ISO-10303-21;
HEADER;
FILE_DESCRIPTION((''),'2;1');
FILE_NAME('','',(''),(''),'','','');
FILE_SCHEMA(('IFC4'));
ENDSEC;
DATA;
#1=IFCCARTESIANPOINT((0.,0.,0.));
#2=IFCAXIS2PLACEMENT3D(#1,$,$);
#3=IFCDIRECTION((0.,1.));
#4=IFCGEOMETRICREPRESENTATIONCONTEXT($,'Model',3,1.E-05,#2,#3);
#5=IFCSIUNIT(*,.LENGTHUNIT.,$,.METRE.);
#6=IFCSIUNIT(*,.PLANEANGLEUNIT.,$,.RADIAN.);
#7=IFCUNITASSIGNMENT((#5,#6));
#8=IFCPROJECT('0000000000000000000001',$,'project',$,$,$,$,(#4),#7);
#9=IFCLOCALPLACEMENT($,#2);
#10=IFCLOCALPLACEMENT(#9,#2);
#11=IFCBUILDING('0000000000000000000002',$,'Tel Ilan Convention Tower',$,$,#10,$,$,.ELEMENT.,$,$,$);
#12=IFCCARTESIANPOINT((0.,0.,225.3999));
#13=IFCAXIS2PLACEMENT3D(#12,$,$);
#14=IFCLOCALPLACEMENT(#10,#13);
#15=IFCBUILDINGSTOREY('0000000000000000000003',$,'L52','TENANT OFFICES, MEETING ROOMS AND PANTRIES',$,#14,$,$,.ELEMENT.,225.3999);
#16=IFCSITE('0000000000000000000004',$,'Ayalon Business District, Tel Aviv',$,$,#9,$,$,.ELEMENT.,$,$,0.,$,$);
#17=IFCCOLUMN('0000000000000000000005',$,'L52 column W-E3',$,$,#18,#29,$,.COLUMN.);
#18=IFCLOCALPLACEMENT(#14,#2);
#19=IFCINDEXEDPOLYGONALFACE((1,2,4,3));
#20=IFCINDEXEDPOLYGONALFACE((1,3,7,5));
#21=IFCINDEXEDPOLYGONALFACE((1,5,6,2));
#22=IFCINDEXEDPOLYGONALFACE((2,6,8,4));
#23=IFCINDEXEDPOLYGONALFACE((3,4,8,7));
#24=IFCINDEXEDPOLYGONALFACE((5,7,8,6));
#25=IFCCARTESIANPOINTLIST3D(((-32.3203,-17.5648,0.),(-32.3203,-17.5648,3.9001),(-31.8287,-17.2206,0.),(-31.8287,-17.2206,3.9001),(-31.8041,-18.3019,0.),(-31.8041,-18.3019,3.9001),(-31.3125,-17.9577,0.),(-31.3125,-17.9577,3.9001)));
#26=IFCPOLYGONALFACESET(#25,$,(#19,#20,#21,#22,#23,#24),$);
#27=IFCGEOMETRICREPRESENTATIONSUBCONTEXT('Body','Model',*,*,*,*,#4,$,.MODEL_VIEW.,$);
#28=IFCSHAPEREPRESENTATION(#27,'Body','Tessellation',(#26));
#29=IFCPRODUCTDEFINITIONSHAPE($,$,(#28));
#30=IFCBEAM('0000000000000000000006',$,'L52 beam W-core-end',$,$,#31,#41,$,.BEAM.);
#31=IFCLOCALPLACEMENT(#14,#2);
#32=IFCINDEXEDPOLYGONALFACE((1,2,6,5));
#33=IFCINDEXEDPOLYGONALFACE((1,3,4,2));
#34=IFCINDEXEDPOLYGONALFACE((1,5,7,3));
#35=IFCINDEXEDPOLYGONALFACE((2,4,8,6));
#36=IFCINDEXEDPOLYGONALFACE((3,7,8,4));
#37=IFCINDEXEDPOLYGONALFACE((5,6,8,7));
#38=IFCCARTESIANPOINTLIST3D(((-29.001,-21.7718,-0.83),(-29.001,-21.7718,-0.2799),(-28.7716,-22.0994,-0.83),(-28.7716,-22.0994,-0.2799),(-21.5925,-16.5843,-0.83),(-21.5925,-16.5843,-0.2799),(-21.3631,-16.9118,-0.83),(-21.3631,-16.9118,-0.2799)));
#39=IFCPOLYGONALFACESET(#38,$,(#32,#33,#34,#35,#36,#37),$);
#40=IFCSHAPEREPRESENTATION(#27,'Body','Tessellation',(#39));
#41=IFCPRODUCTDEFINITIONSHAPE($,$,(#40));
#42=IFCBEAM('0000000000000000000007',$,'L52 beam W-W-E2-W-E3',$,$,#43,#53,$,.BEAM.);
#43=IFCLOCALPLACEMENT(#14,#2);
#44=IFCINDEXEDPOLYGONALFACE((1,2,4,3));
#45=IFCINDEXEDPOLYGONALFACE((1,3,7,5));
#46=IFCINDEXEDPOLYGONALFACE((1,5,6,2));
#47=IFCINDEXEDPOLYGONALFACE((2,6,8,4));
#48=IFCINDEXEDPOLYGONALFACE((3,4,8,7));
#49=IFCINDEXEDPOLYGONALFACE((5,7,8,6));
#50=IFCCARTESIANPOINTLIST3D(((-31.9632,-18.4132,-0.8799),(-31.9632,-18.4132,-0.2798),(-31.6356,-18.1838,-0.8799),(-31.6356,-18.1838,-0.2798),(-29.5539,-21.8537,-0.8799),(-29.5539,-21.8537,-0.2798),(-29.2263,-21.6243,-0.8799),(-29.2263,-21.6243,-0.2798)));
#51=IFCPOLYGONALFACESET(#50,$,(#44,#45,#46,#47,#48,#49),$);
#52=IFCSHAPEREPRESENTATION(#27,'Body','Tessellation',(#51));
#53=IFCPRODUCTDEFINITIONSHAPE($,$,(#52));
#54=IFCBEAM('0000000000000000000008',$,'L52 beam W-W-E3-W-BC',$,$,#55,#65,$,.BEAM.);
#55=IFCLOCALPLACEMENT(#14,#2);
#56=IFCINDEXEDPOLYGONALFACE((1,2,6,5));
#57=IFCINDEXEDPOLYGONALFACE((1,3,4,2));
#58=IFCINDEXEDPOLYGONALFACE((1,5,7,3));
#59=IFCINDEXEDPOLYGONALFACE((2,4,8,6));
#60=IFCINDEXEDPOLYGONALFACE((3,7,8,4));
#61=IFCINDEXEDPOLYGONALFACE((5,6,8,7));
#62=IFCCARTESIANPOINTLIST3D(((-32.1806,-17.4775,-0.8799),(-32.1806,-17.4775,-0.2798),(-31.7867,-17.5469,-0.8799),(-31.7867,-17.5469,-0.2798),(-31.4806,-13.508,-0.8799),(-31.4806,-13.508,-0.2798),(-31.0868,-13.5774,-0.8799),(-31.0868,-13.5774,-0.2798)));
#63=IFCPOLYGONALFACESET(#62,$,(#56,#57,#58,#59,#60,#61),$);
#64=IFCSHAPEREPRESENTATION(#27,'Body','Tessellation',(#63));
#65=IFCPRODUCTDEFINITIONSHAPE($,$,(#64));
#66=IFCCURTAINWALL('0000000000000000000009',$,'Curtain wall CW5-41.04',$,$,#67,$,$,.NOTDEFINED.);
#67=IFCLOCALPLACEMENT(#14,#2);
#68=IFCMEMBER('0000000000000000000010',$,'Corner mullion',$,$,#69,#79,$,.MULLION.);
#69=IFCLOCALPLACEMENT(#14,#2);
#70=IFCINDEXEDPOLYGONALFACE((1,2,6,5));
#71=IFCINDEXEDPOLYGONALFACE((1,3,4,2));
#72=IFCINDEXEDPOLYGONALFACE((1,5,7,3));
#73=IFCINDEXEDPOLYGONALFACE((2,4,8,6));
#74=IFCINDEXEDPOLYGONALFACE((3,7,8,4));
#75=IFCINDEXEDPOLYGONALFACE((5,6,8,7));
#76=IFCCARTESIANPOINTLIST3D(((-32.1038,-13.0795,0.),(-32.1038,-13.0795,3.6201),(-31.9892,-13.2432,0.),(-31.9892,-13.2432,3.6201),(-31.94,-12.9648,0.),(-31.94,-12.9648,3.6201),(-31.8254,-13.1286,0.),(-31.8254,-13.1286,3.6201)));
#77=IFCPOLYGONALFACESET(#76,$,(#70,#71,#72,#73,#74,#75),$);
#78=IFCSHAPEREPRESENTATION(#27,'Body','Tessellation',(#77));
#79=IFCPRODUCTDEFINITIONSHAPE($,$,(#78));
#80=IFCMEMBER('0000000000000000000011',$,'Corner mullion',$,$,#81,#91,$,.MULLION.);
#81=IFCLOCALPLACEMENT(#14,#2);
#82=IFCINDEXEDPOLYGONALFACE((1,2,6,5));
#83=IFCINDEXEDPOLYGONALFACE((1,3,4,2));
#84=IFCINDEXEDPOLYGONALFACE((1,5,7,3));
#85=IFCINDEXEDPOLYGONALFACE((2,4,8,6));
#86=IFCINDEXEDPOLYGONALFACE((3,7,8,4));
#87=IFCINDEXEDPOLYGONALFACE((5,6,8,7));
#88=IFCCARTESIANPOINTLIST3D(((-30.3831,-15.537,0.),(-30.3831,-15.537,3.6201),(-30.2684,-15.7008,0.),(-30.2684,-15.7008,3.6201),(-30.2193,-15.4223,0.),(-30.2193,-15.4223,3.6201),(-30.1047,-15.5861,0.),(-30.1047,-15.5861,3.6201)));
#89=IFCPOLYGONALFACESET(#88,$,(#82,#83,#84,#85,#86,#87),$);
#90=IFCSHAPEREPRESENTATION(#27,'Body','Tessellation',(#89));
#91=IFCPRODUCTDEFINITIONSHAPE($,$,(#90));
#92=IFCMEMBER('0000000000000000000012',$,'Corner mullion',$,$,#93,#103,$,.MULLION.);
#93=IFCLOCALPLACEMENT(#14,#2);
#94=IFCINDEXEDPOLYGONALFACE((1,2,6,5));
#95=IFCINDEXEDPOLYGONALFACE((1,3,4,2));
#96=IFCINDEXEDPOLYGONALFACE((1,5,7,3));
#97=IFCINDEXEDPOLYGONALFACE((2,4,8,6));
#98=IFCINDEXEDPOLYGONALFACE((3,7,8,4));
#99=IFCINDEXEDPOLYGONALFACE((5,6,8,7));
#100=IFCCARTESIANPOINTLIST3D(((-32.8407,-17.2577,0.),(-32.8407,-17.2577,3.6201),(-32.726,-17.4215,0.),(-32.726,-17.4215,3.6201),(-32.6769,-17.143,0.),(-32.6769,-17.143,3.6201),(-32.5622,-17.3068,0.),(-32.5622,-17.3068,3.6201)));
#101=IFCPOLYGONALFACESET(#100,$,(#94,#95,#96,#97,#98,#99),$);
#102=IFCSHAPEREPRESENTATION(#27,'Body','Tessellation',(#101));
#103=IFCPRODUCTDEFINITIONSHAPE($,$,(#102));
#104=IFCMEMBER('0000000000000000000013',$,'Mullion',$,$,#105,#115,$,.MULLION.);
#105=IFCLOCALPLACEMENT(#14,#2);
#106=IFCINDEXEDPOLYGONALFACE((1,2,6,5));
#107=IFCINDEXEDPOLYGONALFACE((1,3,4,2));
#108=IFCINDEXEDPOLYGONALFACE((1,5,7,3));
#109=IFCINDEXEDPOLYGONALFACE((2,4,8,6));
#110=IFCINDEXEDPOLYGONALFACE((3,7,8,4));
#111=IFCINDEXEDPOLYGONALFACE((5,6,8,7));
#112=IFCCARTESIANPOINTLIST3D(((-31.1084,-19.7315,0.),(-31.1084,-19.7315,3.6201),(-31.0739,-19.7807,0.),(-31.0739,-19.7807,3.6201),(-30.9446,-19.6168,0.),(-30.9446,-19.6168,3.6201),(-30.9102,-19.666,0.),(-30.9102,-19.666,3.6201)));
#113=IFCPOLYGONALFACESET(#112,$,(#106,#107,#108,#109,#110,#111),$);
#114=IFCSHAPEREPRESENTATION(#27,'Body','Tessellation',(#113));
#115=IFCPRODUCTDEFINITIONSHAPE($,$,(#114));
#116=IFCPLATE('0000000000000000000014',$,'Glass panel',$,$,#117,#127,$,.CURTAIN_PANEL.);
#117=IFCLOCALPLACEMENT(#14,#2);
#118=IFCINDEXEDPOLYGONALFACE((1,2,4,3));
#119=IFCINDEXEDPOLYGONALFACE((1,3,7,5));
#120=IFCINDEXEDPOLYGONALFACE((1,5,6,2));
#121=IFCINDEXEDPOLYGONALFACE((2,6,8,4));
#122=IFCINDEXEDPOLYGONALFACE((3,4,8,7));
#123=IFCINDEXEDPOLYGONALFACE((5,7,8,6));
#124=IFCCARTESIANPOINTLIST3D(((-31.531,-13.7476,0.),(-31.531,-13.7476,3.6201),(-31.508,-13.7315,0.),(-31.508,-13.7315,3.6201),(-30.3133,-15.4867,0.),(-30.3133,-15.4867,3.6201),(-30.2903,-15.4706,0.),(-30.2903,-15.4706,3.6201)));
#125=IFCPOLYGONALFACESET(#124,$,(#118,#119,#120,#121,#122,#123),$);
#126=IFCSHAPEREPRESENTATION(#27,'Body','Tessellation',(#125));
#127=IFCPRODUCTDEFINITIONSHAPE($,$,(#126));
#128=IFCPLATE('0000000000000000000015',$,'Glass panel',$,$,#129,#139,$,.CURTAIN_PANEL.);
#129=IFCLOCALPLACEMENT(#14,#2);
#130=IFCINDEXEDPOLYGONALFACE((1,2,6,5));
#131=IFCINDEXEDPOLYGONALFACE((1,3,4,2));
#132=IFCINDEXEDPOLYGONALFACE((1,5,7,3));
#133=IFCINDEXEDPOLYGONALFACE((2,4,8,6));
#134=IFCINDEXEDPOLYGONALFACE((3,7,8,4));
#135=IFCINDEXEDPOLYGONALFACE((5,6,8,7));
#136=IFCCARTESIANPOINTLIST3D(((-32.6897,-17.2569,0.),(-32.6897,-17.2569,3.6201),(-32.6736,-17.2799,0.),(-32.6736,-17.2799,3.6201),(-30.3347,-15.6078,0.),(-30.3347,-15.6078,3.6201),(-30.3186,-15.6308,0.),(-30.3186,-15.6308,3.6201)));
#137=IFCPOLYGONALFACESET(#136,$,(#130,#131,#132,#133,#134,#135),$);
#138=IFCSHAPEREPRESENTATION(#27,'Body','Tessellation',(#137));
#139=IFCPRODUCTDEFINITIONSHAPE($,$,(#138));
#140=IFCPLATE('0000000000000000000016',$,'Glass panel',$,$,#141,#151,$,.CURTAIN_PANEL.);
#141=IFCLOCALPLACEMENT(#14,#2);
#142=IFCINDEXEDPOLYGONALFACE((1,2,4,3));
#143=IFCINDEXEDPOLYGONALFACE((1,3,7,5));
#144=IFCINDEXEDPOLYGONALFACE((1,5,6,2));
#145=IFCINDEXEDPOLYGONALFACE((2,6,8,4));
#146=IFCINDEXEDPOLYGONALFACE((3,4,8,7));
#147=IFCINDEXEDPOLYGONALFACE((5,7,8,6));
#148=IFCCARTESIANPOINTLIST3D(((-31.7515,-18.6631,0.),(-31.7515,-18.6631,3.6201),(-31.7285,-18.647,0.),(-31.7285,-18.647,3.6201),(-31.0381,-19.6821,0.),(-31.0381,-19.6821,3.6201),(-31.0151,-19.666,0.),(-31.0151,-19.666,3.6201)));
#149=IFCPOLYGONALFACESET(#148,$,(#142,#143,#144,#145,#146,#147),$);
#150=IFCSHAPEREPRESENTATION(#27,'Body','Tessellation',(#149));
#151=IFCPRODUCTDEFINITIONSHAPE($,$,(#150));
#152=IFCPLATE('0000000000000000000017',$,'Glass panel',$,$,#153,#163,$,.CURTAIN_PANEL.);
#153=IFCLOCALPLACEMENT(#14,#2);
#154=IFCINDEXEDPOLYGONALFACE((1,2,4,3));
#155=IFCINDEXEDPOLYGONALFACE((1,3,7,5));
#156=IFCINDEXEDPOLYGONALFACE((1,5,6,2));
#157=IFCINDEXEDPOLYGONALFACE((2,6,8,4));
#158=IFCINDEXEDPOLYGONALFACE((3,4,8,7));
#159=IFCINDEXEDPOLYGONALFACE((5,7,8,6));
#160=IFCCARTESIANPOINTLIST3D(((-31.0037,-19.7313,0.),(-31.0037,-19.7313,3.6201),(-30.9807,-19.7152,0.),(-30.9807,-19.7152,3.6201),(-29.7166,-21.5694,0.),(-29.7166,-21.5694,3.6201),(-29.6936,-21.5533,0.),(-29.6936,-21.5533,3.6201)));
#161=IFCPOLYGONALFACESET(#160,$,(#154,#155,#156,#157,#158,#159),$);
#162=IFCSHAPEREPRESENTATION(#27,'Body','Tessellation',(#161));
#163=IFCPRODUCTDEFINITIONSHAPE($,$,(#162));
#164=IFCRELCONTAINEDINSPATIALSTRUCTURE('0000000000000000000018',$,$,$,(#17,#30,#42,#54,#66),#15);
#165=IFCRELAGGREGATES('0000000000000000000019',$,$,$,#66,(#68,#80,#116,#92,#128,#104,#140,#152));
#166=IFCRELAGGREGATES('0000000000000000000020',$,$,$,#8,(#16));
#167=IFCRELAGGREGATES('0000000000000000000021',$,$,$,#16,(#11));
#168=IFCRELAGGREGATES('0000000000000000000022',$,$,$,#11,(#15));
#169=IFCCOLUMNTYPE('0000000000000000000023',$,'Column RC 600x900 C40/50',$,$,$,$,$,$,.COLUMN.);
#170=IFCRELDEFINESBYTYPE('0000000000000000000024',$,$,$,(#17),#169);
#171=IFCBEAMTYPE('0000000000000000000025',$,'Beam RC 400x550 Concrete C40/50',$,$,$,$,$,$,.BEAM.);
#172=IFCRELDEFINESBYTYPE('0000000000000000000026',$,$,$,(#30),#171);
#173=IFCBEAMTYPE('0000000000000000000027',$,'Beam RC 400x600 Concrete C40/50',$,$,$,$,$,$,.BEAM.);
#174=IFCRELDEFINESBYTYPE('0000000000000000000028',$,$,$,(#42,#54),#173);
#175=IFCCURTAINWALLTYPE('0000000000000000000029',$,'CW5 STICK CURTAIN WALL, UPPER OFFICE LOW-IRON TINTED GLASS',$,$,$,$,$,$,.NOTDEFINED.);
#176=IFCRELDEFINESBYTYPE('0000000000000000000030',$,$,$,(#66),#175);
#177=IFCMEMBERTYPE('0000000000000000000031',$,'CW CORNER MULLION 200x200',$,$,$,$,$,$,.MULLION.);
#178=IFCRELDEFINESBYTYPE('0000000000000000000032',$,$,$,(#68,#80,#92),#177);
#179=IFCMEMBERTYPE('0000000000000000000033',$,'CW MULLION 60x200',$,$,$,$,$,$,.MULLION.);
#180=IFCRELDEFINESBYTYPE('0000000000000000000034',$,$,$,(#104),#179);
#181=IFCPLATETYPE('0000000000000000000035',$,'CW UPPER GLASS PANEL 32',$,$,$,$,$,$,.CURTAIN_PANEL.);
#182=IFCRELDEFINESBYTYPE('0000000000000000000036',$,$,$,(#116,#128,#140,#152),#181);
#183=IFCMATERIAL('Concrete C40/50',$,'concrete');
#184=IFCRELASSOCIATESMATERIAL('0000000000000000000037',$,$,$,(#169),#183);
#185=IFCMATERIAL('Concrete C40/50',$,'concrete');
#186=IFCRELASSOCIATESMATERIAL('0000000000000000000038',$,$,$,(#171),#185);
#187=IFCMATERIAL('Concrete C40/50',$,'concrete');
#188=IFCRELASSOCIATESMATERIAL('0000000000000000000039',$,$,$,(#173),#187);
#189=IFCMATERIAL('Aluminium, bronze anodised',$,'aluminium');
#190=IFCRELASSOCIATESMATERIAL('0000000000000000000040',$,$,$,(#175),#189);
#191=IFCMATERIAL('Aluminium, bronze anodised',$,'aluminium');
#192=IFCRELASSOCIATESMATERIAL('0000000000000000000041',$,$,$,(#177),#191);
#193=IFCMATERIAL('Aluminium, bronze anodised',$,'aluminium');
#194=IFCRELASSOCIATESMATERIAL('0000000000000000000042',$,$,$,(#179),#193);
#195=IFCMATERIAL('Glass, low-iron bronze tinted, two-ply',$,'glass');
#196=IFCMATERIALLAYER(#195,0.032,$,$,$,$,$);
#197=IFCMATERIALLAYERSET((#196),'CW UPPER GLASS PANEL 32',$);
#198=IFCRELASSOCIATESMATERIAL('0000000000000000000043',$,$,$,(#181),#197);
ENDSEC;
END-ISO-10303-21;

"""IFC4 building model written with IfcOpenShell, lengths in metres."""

from ifc_helpers import new_model, si_unit, direction, frame, origin, origin_2d, place, context, subcontext, project, spatial, rectangle, extrude, material, layer, layer_set, material_profile, profile_set, type_object, element, aggregate, save


model = new_model("IFC4")

# Units and contexts
model_context = context("Model", 3, precision=1e-05, world=origin(), true_north=direction((0.0, 1.0)))
body_context = subcontext(model_context, "Body", "Model", "MODEL_VIEW")
ifc_project = project(units=[si_unit("LENGTHUNIT", "METRE"), si_unit("PLANEANGLEUNIT", "RADIAN")], contexts=[model_context])

# Site, building, storey
site_placement = place(None, origin())
site = spatial("IfcSite", under=ifc_project, at=site_placement, Name="Ayalon Business District, Tel Aviv", CompositionType="ELEMENT", RefElevation=0.0)
building_placement = place(site_placement, origin())
building = spatial("IfcBuilding", under=site, at=building_placement, Name="Tel Ilan Convention Tower", CompositionType="ELEMENT")
storey_placement = place(building_placement, frame((0.0, 0.0, 225.3999)))
storey = spatial("IfcBuildingStorey", under=building, at=storey_placement, Name="L52", Description="TENANT OFFICES, MEETING ROOMS AND PANTRIES", CompositionType="ELEMENT", Elevation=225.3999)

# Column
ifc_material_1 = material(Name="Concrete C40/50", Category="concrete")
ifc_material_profile_1 = material_profile(ifc_material_1, rectangle(XDim=0.8999, YDim=0.6001, at=origin_2d()), Name="RC 600x900")
ifc_profile_set_1 = profile_set([ifc_material_profile_1], Name="Concrete C40/50")
column_type = type_object("IfcColumnType", Name="Column RC 600x900 C40/50", PredefinedType="COLUMN", material=ifc_profile_set_1)
column_placement = place(storey_placement, frame((-31.8164, -17.7612, 0.0), z_axis=(0.0, 0.0, 1.0), x_axis=(-0.573576, 0.819152, 0.0)))
element("IfcColumn", 1, at=column_placement, inside=storey, type_object=column_type, Name="L52 column W-E3", PredefinedType="COLUMN", context=body_context, shape_type="SweptSolid", body=[
    extrude(rectangle(XDim=0.8999, YDim=0.6001, at=origin_2d()), origin(), (0.0, 0.0, 1.0), 3.9001),
])

# Beams
ifc_material_2 = material(Name="Concrete C40/50", Category="concrete")
ifc_material_profile_2 = material_profile(ifc_material_2, rectangle(XDim=0.3999, YDim=0.55, at=origin_2d()), Name="RC 400x550")
ifc_profile_set_2 = profile_set([ifc_material_profile_2], Name="Concrete C40/50")
beam_type_1 = type_object("IfcBeamType", Name="Beam RC 400x550 Concrete C40/50", PredefinedType="BEAM", material=ifc_profile_set_2)
beam_1_placement = place(storey_placement, frame((-21.4778, -16.748, -0.5549), z_axis=(-0.819149, -0.57358, 0.0), x_axis=(0.57358, -0.819149, 0.0)))
element("IfcBeam", 2, at=beam_1_placement, inside=storey, type_object=beam_type_1, Name="L52 beam W-core-end", PredefinedType="BEAM", context=body_context, shape_type="SweptSolid", body=[
    extrude(rectangle(XDim=0.3999, YDim=0.55, at=origin_2d()), origin(), (0.0, 0.0, 1.0), 9.0442),
])
ifc_material_3 = material(Name="Concrete C40/50", Category="concrete")
ifc_material_profile_3 = material_profile(ifc_material_3, rectangle(XDim=0.3999, YDim=0.6001, at=origin_2d()), Name="RC 400x600")
ifc_profile_set_3 = profile_set([ifc_material_profile_3], Name="Concrete C40/50")
beam_type_2 = type_object("IfcBeamType", Name="Beam RC 400x600 Concrete C40/50", PredefinedType="BEAM", material=ifc_profile_set_3)
beam_2_placement = place(storey_placement, frame((-29.3901, -21.739, -0.5798), z_axis=(-0.573603, 0.819134, 0.0), x_axis=(-0.819134, -0.573603, 0.0)))
element("IfcBeam", 3, at=beam_2_placement, inside=storey, type_object=beam_type_2, Name="L52 beam W-W-E2-W-E3", PredefinedType="BEAM", context=body_context, shape_type="SweptSolid", body=[
    extrude(rectangle(XDim=0.3999, YDim=0.6001, at=origin_2d()), origin(), (0.0, 0.0, 1.0), 4.2002),
])
beam_3_placement = place(storey_placement, frame((-31.9836, -17.5122, -0.5798), z_axis=(0.173654, 0.984807, 0.0), x_axis=(-0.984807, 0.173654, 0.0)))
element("IfcBeam", 4, at=beam_3_placement, inside=storey, type_object=beam_type_2, Name="L52 beam W-W-E3-W-BC", PredefinedType="BEAM", context=body_context, shape_type="SweptSolid", body=[
    extrude(rectangle(XDim=0.3999, YDim=0.6001, at=origin_2d()), origin(), (0.0, 0.0, 1.0), 4.0308),
])

# Curtain wall, members, plates
ifc_material_4 = material(Name="Aluminium, bronze anodised", Category="aluminium")
curtain_wall_type = type_object("IfcCurtainWallType", Name="CW5 STICK CURTAIN WALL, UPPER OFFICE LOW-IRON TINTED GLASS", PredefinedType="NOTDEFINED", material=ifc_material_4)
curtain_wall_placement = place(storey_placement, origin())
curtain_wall = element("IfcCurtainWall", 5, at=curtain_wall_placement, inside=storey, type_object=curtain_wall_type, Name="Curtain wall CW5-41.04", PredefinedType="NOTDEFINED")
ifc_material_5 = material(Name="Aluminium, bronze anodised", Category="aluminium")
ifc_material_profile_4 = material_profile(ifc_material_5, rectangle(XDim=0.2, YDim=0.2, at=origin_2d()), Name="CW CORNER MULLION 200x200")
ifc_profile_set_4 = profile_set([ifc_material_profile_4], Name="Aluminium, bronze anodised")
member_type_1 = type_object("IfcMemberType", Name="CW CORNER MULLION 200x200", PredefinedType="MULLION", material=ifc_profile_set_4)
member_1_placement = place(storey_placement, frame((-31.9646, -13.104, 0.0), z_axis=(0.0, 0.0, 1.0), x_axis=(-0.819152, -0.573576, 0.0)))
member_1 = element("IfcMember", 6, at=member_1_placement, type_object=member_type_1, Name="Corner mullion", PredefinedType="MULLION", context=body_context, shape_type="SweptSolid", body=[
    extrude(rectangle(XDim=0.2, YDim=0.2, at=origin_2d()), origin(), (0.0, 0.0, 1.0), 3.6201),
])
member_2_placement = place(storey_placement, frame((-30.2439, -15.5615, 0.0), z_axis=(0.0, 0.0, 1.0), x_axis=(0.573576, -0.819152, 0.0)))
member_2 = element("IfcMember", 7, at=member_2_placement, type_object=member_type_1, Name="Corner mullion", PredefinedType="MULLION", context=body_context, shape_type="SweptSolid", body=[
    extrude(rectangle(XDim=0.2, YDim=0.2, at=origin_2d()), origin(), (0.0, 0.0, 1.0), 3.6201),
])
member_3_placement = place(storey_placement, frame((-32.7014, -17.2822, 0.0), z_axis=(0.0, 0.0, 1.0), x_axis=(-0.819152, -0.573576, 0.0)))
member_3 = element("IfcMember", 8, at=member_3_placement, type_object=member_type_1, Name="Corner mullion", PredefinedType="MULLION", context=body_context, shape_type="SweptSolid", body=[
    extrude(rectangle(XDim=0.2, YDim=0.2, at=origin_2d()), origin(), (0.0, 0.0, 1.0), 3.6201),
])
ifc_material_6 = material(Name="Aluminium, bronze anodised", Category="aluminium")
ifc_material_profile_5 = material_profile(ifc_material_6, rectangle(XDim=0.0601, YDim=0.2, at=origin_2d()), Name="CW MULLION 60x200")
ifc_profile_set_5 = profile_set([ifc_material_profile_5], Name="Aluminium, bronze anodised")
member_type_2 = type_object("IfcMemberType", Name="CW MULLION 60x200", PredefinedType="MULLION", material=ifc_profile_set_5)
member_4_placement = place(storey_placement, frame((-31.0093, -19.6987, 0.0), z_axis=(0.0, 0.0, 1.0), x_axis=(0.573576, -0.819152, 0.0)))
member_4 = element("IfcMember", 9, at=member_4_placement, type_object=member_type_2, Name="Mullion", PredefinedType="MULLION", context=body_context, shape_type="SweptSolid", body=[
    extrude(rectangle(XDim=0.0601, YDim=0.2, at=origin_2d()), origin(), (0.0, 0.0, 1.0), 3.6201),
])
ifc_material_7 = material(Name="Glass, low-iron bronze tinted, two-ply", Category="glass")
ifc_layer_1 = layer(ifc_material_7, 0.032)
ifc_layer_set_1 = layer_set([ifc_layer_1], Name="CW UPPER GLASS PANEL 32")
plate_type = type_object("IfcPlateType", Name="CW UPPER GLASS PANEL 32", PredefinedType="CURTAIN_PANEL", material=ifc_layer_set_1)
plate_1_placement = place(storey_placement, frame((-30.9106, -14.6091, 0.0), z_axis=(0.0, 0.0, 1.0), x_axis=(0.573576, -0.819152, 0.0)))
plate_1 = element("IfcPlate", 10, at=plate_1_placement, type_object=plate_type, Name="Glass panel", PredefinedType="CURTAIN_PANEL", context=body_context, shape_type="SweptSolid", body=[
    extrude(rectangle(XDim=2.123, YDim=0.0281, at=origin_2d()), origin(), (0.0, 0.0, 1.0), 3.6201),
])
plate_2_placement = place(storey_placement, frame((-31.5042, -16.4438, 0.0), z_axis=(0.0, 0.0, 1.0), x_axis=(-0.819152, -0.573576, 0.0)))
plate_2 = element("IfcPlate", 11, at=plate_2_placement, type_object=plate_type, Name="Glass panel", PredefinedType="CURTAIN_PANEL", context=body_context, shape_type="SweptSolid", body=[
    extrude(rectangle(XDim=2.875, YDim=0.0281, at=origin_2d()), origin(), (0.0, 0.0, 1.0), 3.6201),
])
plate_3_placement = place(storey_placement, frame((-31.3833, -19.1646, 0.0), z_axis=(0.0, 0.0, 1.0), x_axis=(0.573576, -0.819152, 0.0)))
plate_3 = element("IfcPlate", 12, at=plate_3_placement, type_object=plate_type, Name="Glass panel", PredefinedType="CURTAIN_PANEL", context=body_context, shape_type="SweptSolid", body=[
    extrude(rectangle(XDim=1.2439, YDim=0.0281, at=origin_2d()), origin(), (0.0, 0.0, 1.0), 3.6201),
])
plate_4_placement = place(storey_placement, frame((-30.3486, -20.6423, 0.0), z_axis=(0.0, 0.0, 1.0), x_axis=(0.573576, -0.819152, 0.0)))
plate_4 = element("IfcPlate", 13, at=plate_4_placement, type_object=plate_type, Name="Glass panel", PredefinedType="CURTAIN_PANEL", context=body_context, shape_type="SweptSolid", body=[
    extrude(rectangle(XDim=2.2439, YDim=0.0281, at=origin_2d()), origin(), (0.0, 0.0, 1.0), 3.6201),
])
aggregate(curtain_wall, [member_1, member_2, plate_1, member_3, plate_2, member_4, plate_3, plate_4])

save(model, "model.ifc")
